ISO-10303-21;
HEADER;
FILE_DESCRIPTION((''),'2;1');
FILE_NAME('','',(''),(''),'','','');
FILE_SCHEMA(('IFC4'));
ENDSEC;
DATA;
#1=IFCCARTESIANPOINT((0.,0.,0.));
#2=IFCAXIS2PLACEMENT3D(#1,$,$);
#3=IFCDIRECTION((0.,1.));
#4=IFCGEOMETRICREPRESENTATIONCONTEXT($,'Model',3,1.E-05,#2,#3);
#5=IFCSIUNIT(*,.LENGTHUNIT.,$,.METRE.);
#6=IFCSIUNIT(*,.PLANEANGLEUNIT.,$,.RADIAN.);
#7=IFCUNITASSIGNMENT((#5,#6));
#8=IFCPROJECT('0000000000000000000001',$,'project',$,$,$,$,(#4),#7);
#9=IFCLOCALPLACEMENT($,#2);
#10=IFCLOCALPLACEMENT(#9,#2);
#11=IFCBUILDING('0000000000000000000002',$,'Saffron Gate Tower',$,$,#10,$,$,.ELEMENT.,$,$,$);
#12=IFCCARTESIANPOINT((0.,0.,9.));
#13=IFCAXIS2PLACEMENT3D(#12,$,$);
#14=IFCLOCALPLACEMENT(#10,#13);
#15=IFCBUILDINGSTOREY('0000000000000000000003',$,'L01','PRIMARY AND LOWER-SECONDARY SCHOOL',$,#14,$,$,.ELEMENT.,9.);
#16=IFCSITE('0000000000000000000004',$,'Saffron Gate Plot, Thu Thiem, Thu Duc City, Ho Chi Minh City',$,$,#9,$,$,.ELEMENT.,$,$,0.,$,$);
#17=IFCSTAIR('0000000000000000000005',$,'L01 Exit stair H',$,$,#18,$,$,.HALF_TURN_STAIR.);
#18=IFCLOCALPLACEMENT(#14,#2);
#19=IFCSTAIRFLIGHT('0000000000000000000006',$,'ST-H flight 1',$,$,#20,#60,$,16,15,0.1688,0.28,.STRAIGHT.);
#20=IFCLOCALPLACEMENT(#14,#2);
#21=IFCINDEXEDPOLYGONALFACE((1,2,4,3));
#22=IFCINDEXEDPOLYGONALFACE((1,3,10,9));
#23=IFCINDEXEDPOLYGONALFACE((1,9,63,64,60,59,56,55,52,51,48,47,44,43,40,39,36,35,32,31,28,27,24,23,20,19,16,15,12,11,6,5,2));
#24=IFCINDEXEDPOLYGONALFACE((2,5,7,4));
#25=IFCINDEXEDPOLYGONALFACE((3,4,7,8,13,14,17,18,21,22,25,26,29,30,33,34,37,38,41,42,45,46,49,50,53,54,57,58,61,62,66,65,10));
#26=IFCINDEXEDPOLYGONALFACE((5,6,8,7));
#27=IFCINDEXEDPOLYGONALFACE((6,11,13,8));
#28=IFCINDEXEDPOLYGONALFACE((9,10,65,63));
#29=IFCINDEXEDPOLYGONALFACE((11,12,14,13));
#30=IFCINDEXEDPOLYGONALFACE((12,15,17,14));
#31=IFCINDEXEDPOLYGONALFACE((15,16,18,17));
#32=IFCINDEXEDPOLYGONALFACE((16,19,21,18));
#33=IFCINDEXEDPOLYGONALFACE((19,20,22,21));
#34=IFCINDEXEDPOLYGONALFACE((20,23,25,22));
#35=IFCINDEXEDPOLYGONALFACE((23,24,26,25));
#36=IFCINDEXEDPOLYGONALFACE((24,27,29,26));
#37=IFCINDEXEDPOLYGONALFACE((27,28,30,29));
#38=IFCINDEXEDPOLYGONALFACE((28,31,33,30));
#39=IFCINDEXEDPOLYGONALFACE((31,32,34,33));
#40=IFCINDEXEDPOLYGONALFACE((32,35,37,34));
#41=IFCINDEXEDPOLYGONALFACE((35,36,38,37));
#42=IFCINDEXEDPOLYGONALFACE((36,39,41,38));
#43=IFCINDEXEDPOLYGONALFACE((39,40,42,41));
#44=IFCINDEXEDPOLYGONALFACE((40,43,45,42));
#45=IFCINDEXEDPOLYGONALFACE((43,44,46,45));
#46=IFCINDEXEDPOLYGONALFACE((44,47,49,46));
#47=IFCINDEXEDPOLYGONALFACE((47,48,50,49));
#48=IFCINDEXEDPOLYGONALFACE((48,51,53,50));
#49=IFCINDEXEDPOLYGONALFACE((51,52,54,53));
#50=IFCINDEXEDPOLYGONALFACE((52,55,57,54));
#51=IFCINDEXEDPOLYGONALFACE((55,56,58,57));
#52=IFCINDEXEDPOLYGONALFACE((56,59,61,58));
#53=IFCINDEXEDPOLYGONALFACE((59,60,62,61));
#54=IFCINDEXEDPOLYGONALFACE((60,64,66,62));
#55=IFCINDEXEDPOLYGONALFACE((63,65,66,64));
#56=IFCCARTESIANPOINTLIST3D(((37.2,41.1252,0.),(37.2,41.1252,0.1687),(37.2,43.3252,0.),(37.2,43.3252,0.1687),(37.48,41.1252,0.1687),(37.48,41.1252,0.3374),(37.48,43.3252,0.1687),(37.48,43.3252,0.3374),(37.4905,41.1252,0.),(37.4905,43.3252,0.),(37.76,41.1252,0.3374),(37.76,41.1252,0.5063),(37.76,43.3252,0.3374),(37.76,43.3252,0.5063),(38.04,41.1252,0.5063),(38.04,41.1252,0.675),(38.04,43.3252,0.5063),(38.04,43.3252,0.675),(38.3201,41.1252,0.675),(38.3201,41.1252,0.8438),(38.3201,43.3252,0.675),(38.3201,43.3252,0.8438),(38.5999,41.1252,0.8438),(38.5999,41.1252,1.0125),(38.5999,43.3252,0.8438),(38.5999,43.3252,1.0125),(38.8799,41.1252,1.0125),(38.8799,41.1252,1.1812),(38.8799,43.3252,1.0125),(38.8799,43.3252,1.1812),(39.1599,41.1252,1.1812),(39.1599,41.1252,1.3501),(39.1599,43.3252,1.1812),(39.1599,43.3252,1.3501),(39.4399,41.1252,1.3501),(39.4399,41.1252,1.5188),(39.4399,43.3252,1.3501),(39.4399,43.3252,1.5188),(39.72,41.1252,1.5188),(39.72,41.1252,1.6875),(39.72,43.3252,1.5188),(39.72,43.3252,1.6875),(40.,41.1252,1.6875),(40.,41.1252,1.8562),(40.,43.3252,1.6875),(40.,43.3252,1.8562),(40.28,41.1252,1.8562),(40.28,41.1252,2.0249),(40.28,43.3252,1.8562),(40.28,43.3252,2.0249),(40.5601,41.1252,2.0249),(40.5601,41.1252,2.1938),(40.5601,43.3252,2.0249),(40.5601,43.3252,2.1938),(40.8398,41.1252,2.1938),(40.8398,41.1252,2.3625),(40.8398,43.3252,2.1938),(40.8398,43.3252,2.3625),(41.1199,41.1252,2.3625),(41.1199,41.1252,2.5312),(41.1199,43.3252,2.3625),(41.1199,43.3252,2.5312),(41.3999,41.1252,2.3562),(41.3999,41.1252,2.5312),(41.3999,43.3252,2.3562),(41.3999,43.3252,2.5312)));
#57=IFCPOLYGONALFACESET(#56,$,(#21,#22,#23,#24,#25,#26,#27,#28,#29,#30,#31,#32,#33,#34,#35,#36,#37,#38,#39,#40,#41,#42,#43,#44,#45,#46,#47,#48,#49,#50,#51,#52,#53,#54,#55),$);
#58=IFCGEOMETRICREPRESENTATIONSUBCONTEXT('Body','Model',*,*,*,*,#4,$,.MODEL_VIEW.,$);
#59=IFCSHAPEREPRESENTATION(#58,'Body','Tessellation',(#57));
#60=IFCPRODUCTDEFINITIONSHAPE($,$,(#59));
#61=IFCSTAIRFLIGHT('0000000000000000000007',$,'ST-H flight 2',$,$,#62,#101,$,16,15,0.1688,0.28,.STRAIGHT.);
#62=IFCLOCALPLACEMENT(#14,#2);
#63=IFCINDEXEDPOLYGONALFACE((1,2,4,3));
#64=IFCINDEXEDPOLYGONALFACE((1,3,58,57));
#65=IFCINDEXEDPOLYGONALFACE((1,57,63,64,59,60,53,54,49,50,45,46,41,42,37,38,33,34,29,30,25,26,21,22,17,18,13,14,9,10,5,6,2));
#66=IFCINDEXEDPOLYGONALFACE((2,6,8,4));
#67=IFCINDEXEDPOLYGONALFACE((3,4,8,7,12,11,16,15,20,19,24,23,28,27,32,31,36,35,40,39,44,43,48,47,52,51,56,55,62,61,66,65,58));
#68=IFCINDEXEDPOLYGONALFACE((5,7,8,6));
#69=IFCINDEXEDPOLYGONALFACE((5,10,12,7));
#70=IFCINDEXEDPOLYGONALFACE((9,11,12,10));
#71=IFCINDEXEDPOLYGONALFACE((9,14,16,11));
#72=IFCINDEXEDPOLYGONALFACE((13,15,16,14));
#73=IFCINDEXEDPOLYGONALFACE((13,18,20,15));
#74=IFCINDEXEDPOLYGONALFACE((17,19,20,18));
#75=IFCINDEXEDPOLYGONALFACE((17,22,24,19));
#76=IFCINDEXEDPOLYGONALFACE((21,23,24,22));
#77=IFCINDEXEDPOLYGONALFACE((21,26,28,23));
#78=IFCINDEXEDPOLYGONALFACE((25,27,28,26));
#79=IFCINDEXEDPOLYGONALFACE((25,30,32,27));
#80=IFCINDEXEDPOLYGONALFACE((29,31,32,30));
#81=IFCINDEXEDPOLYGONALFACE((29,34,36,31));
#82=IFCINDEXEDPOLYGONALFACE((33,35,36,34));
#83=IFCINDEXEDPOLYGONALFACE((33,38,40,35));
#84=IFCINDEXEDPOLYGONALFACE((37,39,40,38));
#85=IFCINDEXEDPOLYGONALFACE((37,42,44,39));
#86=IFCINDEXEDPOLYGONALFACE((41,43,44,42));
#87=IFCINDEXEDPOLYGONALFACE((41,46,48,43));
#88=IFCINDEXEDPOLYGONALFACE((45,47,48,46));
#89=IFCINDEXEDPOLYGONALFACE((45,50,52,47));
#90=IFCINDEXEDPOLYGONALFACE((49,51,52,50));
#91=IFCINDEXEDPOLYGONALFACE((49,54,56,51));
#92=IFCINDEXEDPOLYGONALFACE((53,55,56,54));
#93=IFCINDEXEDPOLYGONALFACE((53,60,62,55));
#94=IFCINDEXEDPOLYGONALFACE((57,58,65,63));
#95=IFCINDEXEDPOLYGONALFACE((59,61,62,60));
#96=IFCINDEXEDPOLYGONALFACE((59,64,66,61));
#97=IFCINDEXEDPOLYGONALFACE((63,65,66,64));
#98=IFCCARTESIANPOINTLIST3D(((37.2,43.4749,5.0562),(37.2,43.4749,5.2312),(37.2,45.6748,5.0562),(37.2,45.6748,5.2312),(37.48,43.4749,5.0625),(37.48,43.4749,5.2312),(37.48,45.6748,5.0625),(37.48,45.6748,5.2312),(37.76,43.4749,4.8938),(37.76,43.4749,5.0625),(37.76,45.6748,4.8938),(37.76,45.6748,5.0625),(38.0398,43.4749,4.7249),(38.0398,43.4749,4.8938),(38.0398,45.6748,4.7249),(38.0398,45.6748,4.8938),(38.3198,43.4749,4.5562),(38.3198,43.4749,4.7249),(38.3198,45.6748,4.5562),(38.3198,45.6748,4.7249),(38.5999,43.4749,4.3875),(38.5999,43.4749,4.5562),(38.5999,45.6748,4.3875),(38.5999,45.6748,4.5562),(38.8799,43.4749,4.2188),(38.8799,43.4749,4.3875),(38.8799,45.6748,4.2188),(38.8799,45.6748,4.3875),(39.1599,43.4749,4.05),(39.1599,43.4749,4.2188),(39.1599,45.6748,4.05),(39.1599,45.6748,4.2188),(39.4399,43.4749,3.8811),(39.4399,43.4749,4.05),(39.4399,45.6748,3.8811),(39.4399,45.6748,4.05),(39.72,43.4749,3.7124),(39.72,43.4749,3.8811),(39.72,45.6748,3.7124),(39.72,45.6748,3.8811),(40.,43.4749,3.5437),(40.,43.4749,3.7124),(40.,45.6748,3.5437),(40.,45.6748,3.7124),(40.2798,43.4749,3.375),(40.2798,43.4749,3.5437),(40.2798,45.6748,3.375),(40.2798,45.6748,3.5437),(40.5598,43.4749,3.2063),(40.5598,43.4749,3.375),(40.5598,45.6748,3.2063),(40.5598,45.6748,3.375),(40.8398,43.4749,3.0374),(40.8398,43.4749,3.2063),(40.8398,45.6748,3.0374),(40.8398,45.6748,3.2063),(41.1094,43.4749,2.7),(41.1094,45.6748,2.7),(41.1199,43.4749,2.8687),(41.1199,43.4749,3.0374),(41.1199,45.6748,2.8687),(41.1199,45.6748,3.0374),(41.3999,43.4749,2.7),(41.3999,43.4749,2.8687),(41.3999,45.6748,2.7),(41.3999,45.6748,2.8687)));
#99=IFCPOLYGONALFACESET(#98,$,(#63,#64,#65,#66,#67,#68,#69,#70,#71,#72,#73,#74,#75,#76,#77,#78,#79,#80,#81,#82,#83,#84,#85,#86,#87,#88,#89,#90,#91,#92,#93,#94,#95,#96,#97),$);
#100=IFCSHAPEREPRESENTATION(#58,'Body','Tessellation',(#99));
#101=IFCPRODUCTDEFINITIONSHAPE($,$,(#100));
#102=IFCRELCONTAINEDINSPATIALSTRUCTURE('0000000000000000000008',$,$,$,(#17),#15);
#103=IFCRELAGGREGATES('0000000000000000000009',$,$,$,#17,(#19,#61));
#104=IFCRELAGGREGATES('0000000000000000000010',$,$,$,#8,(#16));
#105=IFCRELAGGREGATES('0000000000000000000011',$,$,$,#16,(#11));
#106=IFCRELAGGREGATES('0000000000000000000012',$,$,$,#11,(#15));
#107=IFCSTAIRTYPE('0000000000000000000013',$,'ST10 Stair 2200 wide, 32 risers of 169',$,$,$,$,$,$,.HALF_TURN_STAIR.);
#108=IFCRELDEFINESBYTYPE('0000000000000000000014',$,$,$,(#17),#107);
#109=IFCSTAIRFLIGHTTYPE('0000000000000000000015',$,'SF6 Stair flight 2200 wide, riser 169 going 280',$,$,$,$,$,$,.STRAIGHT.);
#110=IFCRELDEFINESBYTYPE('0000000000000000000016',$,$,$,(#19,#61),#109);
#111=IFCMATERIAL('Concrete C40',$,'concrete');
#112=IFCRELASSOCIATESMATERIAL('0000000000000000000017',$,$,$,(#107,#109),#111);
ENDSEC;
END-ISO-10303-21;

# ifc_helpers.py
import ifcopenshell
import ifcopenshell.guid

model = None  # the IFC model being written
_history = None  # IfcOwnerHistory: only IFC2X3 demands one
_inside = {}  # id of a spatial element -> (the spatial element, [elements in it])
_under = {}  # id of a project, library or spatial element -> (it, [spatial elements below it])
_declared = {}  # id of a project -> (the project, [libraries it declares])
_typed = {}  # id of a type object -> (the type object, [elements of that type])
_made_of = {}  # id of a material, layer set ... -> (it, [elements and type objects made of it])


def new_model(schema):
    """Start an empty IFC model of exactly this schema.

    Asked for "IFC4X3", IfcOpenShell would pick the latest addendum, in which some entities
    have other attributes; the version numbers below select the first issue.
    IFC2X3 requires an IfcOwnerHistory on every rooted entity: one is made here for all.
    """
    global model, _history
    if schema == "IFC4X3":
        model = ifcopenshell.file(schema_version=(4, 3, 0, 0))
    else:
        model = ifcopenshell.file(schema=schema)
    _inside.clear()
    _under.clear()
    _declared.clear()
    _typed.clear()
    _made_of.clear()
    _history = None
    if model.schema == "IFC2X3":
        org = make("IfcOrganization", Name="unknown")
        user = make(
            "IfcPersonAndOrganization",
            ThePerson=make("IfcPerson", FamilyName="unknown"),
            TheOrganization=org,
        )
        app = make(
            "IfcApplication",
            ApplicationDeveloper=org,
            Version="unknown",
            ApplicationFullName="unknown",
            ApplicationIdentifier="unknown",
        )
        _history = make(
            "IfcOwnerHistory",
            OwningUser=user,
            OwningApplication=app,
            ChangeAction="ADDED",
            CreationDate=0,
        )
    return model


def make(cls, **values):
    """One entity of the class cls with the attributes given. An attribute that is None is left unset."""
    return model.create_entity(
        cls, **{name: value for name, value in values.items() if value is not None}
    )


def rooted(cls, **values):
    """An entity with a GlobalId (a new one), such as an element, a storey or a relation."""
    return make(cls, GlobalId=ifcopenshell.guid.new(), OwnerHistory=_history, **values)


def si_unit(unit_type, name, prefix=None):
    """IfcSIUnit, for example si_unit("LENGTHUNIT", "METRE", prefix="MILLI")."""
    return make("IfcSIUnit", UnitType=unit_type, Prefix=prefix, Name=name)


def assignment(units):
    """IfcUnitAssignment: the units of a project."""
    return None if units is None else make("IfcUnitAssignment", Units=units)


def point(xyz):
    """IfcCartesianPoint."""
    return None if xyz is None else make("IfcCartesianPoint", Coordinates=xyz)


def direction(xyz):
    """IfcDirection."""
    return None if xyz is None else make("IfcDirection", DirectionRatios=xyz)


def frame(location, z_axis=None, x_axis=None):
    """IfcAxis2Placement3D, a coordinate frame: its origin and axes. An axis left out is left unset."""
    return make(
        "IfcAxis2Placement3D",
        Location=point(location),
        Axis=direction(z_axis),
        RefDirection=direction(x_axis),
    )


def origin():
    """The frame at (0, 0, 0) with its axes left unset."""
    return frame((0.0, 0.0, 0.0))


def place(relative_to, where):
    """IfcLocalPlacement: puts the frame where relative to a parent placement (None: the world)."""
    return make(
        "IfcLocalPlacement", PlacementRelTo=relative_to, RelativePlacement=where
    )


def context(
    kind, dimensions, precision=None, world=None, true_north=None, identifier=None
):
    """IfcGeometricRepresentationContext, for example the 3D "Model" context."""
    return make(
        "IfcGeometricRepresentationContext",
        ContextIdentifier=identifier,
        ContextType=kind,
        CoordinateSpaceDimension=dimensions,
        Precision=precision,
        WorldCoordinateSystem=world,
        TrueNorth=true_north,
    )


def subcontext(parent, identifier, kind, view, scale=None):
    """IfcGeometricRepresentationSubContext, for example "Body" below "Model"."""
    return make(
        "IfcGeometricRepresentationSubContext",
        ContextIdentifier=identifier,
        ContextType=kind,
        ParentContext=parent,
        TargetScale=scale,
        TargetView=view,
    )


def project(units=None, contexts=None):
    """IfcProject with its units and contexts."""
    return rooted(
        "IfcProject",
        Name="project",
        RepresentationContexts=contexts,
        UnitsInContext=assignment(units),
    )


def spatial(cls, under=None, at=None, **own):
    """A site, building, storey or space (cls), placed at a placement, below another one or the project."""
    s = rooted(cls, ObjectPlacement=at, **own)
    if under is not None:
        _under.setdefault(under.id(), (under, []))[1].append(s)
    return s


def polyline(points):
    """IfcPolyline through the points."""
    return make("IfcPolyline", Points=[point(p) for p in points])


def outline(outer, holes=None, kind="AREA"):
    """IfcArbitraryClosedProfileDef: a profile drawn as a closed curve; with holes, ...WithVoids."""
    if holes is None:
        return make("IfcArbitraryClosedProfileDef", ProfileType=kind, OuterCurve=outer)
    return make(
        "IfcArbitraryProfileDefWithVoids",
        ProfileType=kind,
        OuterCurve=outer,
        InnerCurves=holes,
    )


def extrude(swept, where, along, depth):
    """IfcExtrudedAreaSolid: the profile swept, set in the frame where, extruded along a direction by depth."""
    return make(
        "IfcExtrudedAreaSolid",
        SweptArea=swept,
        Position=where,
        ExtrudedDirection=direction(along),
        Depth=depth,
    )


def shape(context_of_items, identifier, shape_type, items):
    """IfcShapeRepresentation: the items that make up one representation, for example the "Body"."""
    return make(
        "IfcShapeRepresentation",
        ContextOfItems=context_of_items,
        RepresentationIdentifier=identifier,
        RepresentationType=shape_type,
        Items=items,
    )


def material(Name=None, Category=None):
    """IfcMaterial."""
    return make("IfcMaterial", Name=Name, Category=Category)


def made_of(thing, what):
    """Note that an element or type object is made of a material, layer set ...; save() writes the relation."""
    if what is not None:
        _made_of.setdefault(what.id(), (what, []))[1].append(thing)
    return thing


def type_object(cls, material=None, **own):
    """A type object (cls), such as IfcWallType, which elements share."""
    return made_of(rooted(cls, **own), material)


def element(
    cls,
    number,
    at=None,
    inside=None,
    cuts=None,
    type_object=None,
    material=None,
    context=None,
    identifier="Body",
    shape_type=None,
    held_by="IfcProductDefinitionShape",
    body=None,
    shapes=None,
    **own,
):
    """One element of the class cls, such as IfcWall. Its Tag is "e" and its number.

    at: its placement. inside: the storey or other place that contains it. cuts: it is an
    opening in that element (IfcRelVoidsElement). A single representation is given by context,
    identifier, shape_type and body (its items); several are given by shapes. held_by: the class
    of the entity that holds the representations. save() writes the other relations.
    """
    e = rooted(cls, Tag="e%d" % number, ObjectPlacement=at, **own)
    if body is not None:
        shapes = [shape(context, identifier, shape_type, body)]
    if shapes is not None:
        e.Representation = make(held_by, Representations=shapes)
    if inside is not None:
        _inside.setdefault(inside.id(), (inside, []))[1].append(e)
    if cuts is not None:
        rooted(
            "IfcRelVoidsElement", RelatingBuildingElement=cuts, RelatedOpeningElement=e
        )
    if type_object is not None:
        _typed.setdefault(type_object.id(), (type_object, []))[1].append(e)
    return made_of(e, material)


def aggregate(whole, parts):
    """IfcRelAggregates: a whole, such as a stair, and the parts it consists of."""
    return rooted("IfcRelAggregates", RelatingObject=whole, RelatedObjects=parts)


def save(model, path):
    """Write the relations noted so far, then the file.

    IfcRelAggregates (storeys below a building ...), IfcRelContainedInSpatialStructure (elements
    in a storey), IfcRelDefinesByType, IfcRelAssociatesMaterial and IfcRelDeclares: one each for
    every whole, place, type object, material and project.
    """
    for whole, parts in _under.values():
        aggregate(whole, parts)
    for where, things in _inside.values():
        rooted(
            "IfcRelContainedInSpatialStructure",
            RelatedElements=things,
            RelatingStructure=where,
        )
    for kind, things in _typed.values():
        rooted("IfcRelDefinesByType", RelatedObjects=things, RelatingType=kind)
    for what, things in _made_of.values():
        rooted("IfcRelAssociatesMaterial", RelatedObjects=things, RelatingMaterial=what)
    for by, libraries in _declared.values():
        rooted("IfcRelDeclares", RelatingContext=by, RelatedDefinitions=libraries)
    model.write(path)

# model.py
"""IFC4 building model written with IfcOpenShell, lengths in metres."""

from ifc_helpers import new_model, si_unit, direction, frame, origin, place, context, subcontext, project, spatial, polyline, outline, extrude, material, type_object, element, aggregate, save


model = new_model("IFC4")

# Units and contexts
model_context = context("Model", 3, precision=1e-05, world=origin(), true_north=direction((0.0, 1.0)))
body_context = subcontext(model_context, "Body", "Model", "MODEL_VIEW")
ifc_project = project(units=[si_unit("LENGTHUNIT", "METRE"), si_unit("PLANEANGLEUNIT", "RADIAN")], contexts=[model_context])

# Site, building, storey
site_placement = place(None, origin())
site = spatial("IfcSite", under=ifc_project, at=site_placement, Name="Saffron Gate Plot, Thu Thiem, Thu Duc City, Ho Chi Minh City", CompositionType="ELEMENT", RefElevation=0.0)
building_placement = place(site_placement, origin())
building = spatial("IfcBuilding", under=site, at=building_placement, Name="Saffron Gate Tower", CompositionType="ELEMENT")
storey_placement = place(building_placement, frame((0.0, 0.0, 9.0)))
storey = spatial("IfcBuildingStorey", under=building, at=storey_placement, Name="L01", Description="PRIMARY AND LOWER-SECONDARY SCHOOL", CompositionType="ELEMENT", Elevation=9.0)

# Stair, stair flights
ifc_material_1 = material(Name="Concrete C40", Category="concrete")
stair_type = type_object("IfcStairType", Name="ST10 Stair 2200 wide, 32 risers of 169", PredefinedType="HALF_TURN_STAIR", material=ifc_material_1)
stair_placement = place(storey_placement, origin())
stair = element("IfcStair", 1, at=stair_placement, inside=storey, type_object=stair_type, Name="L01 Exit stair H", PredefinedType="HALF_TURN_STAIR")
stair_flight_type = type_object("IfcStairFlightType", Name="SF6 Stair flight 2200 wide, riser 169 going 280", PredefinedType="STRAIGHT", material=ifc_material_1)
stair_flight_1_placement = place(storey_placement, frame((37.2, 42.2251, 0.0), z_axis=(0.0, 0.0, 1.0), x_axis=(1.0, 0.0, 0.0)))
stair_flight_1 = element("IfcStairFlight", 2, at=stair_flight_1_placement, type_object=stair_flight_type, Name="ST-H flight 1", NumberOfRisers=16, NumberOfTreads=15, PredefinedType="STRAIGHT", RiserHeight=0.1688, TreadLength=0.28, context=body_context, shape_type="SweptSolid", body=[
    extrude(outline(polyline([(0.0, 0.0), (0.0, 0.1687), (0.28, 0.1687), (0.28, 0.3374), (0.5601, 0.3374), (0.5601, 0.5063), (0.8401, 0.5063), (0.8401, 0.675), (1.1201, 0.675), (1.1201, 0.8438), (1.3999, 0.8438), (1.3999, 1.0125), (1.6799, 1.0125), (1.6799, 1.1812), (1.96, 1.1812), (1.96, 1.3501), (2.24, 1.3501), (2.24, 1.5188), (2.52, 1.5188), (2.52, 1.6875), (2.8, 1.6875), (2.8, 1.8562), (3.0801, 1.8562), (3.0801, 2.0249), (3.3601, 2.0249), (3.3601, 2.1938), (3.6399, 2.1938), (3.6399, 2.3625), (3.9199, 2.3625), (3.9199, 2.5312), (4.2, 2.5312), (4.2, 2.7), (4.2, 2.3562), (0.2905, 0.0), (0.0, 0.0)])), frame((0.0, 1.1001, 0.0), z_axis=(0.0, -1.0, 0.0), x_axis=(1.0, 0.0, 0.0)), (0.0, 0.0, 1.0), 2.2),
])
stair_flight_2_placement = place(storey_placement, frame((41.3999, 44.575, 2.7), z_axis=(0.0, 0.0, 1.0), x_axis=(-1.0, 0.0, 0.0)))
stair_flight_2 = element("IfcStairFlight", 3, at=stair_flight_2_placement, type_object=stair_flight_type, Name="ST-H flight 2", NumberOfRisers=16, NumberOfTreads=15, PredefinedType="STRAIGHT", RiserHeight=0.1688, TreadLength=0.28, context=body_context, shape_type="SweptSolid", body=[
    extrude(outline(polyline([(0.0, 0.0), (0.0, 0.1687), (0.28, 0.1687), (0.28, 0.3374), (0.5601, 0.3374), (0.5601, 0.5063), (0.8401, 0.5063), (0.8401, 0.675), (1.1201, 0.675), (1.1201, 0.8438), (1.3999, 0.8438), (1.3999, 1.0125), (1.6799, 1.0125), (1.6799, 1.1812), (1.96, 1.1812), (1.96, 1.3501), (2.24, 1.3501), (2.24, 1.5188), (2.52, 1.5188), (2.52, 1.6875), (2.8, 1.6875), (2.8, 1.8562), (3.0801, 1.8562), (3.0801, 2.0249), (3.3601, 2.0249), (3.3601, 2.1938), (3.6399, 2.1938), (3.6399, 2.3625), (3.9199, 2.3625), (3.9199, 2.5312), (4.2, 2.5312), (4.2, 2.7), (4.2, 2.3562), (0.2905, 0.0), (0.0, 0.0)])), frame((0.0, 1.1001, 0.0), z_axis=(0.0, -1.0, 0.0), x_axis=(1.0, 0.0, 0.0)), (0.0, 0.0, 1.0), 2.2),
])
aggregate(stair, [stair_flight_1, stair_flight_2])

save(model, "model.ifc")
